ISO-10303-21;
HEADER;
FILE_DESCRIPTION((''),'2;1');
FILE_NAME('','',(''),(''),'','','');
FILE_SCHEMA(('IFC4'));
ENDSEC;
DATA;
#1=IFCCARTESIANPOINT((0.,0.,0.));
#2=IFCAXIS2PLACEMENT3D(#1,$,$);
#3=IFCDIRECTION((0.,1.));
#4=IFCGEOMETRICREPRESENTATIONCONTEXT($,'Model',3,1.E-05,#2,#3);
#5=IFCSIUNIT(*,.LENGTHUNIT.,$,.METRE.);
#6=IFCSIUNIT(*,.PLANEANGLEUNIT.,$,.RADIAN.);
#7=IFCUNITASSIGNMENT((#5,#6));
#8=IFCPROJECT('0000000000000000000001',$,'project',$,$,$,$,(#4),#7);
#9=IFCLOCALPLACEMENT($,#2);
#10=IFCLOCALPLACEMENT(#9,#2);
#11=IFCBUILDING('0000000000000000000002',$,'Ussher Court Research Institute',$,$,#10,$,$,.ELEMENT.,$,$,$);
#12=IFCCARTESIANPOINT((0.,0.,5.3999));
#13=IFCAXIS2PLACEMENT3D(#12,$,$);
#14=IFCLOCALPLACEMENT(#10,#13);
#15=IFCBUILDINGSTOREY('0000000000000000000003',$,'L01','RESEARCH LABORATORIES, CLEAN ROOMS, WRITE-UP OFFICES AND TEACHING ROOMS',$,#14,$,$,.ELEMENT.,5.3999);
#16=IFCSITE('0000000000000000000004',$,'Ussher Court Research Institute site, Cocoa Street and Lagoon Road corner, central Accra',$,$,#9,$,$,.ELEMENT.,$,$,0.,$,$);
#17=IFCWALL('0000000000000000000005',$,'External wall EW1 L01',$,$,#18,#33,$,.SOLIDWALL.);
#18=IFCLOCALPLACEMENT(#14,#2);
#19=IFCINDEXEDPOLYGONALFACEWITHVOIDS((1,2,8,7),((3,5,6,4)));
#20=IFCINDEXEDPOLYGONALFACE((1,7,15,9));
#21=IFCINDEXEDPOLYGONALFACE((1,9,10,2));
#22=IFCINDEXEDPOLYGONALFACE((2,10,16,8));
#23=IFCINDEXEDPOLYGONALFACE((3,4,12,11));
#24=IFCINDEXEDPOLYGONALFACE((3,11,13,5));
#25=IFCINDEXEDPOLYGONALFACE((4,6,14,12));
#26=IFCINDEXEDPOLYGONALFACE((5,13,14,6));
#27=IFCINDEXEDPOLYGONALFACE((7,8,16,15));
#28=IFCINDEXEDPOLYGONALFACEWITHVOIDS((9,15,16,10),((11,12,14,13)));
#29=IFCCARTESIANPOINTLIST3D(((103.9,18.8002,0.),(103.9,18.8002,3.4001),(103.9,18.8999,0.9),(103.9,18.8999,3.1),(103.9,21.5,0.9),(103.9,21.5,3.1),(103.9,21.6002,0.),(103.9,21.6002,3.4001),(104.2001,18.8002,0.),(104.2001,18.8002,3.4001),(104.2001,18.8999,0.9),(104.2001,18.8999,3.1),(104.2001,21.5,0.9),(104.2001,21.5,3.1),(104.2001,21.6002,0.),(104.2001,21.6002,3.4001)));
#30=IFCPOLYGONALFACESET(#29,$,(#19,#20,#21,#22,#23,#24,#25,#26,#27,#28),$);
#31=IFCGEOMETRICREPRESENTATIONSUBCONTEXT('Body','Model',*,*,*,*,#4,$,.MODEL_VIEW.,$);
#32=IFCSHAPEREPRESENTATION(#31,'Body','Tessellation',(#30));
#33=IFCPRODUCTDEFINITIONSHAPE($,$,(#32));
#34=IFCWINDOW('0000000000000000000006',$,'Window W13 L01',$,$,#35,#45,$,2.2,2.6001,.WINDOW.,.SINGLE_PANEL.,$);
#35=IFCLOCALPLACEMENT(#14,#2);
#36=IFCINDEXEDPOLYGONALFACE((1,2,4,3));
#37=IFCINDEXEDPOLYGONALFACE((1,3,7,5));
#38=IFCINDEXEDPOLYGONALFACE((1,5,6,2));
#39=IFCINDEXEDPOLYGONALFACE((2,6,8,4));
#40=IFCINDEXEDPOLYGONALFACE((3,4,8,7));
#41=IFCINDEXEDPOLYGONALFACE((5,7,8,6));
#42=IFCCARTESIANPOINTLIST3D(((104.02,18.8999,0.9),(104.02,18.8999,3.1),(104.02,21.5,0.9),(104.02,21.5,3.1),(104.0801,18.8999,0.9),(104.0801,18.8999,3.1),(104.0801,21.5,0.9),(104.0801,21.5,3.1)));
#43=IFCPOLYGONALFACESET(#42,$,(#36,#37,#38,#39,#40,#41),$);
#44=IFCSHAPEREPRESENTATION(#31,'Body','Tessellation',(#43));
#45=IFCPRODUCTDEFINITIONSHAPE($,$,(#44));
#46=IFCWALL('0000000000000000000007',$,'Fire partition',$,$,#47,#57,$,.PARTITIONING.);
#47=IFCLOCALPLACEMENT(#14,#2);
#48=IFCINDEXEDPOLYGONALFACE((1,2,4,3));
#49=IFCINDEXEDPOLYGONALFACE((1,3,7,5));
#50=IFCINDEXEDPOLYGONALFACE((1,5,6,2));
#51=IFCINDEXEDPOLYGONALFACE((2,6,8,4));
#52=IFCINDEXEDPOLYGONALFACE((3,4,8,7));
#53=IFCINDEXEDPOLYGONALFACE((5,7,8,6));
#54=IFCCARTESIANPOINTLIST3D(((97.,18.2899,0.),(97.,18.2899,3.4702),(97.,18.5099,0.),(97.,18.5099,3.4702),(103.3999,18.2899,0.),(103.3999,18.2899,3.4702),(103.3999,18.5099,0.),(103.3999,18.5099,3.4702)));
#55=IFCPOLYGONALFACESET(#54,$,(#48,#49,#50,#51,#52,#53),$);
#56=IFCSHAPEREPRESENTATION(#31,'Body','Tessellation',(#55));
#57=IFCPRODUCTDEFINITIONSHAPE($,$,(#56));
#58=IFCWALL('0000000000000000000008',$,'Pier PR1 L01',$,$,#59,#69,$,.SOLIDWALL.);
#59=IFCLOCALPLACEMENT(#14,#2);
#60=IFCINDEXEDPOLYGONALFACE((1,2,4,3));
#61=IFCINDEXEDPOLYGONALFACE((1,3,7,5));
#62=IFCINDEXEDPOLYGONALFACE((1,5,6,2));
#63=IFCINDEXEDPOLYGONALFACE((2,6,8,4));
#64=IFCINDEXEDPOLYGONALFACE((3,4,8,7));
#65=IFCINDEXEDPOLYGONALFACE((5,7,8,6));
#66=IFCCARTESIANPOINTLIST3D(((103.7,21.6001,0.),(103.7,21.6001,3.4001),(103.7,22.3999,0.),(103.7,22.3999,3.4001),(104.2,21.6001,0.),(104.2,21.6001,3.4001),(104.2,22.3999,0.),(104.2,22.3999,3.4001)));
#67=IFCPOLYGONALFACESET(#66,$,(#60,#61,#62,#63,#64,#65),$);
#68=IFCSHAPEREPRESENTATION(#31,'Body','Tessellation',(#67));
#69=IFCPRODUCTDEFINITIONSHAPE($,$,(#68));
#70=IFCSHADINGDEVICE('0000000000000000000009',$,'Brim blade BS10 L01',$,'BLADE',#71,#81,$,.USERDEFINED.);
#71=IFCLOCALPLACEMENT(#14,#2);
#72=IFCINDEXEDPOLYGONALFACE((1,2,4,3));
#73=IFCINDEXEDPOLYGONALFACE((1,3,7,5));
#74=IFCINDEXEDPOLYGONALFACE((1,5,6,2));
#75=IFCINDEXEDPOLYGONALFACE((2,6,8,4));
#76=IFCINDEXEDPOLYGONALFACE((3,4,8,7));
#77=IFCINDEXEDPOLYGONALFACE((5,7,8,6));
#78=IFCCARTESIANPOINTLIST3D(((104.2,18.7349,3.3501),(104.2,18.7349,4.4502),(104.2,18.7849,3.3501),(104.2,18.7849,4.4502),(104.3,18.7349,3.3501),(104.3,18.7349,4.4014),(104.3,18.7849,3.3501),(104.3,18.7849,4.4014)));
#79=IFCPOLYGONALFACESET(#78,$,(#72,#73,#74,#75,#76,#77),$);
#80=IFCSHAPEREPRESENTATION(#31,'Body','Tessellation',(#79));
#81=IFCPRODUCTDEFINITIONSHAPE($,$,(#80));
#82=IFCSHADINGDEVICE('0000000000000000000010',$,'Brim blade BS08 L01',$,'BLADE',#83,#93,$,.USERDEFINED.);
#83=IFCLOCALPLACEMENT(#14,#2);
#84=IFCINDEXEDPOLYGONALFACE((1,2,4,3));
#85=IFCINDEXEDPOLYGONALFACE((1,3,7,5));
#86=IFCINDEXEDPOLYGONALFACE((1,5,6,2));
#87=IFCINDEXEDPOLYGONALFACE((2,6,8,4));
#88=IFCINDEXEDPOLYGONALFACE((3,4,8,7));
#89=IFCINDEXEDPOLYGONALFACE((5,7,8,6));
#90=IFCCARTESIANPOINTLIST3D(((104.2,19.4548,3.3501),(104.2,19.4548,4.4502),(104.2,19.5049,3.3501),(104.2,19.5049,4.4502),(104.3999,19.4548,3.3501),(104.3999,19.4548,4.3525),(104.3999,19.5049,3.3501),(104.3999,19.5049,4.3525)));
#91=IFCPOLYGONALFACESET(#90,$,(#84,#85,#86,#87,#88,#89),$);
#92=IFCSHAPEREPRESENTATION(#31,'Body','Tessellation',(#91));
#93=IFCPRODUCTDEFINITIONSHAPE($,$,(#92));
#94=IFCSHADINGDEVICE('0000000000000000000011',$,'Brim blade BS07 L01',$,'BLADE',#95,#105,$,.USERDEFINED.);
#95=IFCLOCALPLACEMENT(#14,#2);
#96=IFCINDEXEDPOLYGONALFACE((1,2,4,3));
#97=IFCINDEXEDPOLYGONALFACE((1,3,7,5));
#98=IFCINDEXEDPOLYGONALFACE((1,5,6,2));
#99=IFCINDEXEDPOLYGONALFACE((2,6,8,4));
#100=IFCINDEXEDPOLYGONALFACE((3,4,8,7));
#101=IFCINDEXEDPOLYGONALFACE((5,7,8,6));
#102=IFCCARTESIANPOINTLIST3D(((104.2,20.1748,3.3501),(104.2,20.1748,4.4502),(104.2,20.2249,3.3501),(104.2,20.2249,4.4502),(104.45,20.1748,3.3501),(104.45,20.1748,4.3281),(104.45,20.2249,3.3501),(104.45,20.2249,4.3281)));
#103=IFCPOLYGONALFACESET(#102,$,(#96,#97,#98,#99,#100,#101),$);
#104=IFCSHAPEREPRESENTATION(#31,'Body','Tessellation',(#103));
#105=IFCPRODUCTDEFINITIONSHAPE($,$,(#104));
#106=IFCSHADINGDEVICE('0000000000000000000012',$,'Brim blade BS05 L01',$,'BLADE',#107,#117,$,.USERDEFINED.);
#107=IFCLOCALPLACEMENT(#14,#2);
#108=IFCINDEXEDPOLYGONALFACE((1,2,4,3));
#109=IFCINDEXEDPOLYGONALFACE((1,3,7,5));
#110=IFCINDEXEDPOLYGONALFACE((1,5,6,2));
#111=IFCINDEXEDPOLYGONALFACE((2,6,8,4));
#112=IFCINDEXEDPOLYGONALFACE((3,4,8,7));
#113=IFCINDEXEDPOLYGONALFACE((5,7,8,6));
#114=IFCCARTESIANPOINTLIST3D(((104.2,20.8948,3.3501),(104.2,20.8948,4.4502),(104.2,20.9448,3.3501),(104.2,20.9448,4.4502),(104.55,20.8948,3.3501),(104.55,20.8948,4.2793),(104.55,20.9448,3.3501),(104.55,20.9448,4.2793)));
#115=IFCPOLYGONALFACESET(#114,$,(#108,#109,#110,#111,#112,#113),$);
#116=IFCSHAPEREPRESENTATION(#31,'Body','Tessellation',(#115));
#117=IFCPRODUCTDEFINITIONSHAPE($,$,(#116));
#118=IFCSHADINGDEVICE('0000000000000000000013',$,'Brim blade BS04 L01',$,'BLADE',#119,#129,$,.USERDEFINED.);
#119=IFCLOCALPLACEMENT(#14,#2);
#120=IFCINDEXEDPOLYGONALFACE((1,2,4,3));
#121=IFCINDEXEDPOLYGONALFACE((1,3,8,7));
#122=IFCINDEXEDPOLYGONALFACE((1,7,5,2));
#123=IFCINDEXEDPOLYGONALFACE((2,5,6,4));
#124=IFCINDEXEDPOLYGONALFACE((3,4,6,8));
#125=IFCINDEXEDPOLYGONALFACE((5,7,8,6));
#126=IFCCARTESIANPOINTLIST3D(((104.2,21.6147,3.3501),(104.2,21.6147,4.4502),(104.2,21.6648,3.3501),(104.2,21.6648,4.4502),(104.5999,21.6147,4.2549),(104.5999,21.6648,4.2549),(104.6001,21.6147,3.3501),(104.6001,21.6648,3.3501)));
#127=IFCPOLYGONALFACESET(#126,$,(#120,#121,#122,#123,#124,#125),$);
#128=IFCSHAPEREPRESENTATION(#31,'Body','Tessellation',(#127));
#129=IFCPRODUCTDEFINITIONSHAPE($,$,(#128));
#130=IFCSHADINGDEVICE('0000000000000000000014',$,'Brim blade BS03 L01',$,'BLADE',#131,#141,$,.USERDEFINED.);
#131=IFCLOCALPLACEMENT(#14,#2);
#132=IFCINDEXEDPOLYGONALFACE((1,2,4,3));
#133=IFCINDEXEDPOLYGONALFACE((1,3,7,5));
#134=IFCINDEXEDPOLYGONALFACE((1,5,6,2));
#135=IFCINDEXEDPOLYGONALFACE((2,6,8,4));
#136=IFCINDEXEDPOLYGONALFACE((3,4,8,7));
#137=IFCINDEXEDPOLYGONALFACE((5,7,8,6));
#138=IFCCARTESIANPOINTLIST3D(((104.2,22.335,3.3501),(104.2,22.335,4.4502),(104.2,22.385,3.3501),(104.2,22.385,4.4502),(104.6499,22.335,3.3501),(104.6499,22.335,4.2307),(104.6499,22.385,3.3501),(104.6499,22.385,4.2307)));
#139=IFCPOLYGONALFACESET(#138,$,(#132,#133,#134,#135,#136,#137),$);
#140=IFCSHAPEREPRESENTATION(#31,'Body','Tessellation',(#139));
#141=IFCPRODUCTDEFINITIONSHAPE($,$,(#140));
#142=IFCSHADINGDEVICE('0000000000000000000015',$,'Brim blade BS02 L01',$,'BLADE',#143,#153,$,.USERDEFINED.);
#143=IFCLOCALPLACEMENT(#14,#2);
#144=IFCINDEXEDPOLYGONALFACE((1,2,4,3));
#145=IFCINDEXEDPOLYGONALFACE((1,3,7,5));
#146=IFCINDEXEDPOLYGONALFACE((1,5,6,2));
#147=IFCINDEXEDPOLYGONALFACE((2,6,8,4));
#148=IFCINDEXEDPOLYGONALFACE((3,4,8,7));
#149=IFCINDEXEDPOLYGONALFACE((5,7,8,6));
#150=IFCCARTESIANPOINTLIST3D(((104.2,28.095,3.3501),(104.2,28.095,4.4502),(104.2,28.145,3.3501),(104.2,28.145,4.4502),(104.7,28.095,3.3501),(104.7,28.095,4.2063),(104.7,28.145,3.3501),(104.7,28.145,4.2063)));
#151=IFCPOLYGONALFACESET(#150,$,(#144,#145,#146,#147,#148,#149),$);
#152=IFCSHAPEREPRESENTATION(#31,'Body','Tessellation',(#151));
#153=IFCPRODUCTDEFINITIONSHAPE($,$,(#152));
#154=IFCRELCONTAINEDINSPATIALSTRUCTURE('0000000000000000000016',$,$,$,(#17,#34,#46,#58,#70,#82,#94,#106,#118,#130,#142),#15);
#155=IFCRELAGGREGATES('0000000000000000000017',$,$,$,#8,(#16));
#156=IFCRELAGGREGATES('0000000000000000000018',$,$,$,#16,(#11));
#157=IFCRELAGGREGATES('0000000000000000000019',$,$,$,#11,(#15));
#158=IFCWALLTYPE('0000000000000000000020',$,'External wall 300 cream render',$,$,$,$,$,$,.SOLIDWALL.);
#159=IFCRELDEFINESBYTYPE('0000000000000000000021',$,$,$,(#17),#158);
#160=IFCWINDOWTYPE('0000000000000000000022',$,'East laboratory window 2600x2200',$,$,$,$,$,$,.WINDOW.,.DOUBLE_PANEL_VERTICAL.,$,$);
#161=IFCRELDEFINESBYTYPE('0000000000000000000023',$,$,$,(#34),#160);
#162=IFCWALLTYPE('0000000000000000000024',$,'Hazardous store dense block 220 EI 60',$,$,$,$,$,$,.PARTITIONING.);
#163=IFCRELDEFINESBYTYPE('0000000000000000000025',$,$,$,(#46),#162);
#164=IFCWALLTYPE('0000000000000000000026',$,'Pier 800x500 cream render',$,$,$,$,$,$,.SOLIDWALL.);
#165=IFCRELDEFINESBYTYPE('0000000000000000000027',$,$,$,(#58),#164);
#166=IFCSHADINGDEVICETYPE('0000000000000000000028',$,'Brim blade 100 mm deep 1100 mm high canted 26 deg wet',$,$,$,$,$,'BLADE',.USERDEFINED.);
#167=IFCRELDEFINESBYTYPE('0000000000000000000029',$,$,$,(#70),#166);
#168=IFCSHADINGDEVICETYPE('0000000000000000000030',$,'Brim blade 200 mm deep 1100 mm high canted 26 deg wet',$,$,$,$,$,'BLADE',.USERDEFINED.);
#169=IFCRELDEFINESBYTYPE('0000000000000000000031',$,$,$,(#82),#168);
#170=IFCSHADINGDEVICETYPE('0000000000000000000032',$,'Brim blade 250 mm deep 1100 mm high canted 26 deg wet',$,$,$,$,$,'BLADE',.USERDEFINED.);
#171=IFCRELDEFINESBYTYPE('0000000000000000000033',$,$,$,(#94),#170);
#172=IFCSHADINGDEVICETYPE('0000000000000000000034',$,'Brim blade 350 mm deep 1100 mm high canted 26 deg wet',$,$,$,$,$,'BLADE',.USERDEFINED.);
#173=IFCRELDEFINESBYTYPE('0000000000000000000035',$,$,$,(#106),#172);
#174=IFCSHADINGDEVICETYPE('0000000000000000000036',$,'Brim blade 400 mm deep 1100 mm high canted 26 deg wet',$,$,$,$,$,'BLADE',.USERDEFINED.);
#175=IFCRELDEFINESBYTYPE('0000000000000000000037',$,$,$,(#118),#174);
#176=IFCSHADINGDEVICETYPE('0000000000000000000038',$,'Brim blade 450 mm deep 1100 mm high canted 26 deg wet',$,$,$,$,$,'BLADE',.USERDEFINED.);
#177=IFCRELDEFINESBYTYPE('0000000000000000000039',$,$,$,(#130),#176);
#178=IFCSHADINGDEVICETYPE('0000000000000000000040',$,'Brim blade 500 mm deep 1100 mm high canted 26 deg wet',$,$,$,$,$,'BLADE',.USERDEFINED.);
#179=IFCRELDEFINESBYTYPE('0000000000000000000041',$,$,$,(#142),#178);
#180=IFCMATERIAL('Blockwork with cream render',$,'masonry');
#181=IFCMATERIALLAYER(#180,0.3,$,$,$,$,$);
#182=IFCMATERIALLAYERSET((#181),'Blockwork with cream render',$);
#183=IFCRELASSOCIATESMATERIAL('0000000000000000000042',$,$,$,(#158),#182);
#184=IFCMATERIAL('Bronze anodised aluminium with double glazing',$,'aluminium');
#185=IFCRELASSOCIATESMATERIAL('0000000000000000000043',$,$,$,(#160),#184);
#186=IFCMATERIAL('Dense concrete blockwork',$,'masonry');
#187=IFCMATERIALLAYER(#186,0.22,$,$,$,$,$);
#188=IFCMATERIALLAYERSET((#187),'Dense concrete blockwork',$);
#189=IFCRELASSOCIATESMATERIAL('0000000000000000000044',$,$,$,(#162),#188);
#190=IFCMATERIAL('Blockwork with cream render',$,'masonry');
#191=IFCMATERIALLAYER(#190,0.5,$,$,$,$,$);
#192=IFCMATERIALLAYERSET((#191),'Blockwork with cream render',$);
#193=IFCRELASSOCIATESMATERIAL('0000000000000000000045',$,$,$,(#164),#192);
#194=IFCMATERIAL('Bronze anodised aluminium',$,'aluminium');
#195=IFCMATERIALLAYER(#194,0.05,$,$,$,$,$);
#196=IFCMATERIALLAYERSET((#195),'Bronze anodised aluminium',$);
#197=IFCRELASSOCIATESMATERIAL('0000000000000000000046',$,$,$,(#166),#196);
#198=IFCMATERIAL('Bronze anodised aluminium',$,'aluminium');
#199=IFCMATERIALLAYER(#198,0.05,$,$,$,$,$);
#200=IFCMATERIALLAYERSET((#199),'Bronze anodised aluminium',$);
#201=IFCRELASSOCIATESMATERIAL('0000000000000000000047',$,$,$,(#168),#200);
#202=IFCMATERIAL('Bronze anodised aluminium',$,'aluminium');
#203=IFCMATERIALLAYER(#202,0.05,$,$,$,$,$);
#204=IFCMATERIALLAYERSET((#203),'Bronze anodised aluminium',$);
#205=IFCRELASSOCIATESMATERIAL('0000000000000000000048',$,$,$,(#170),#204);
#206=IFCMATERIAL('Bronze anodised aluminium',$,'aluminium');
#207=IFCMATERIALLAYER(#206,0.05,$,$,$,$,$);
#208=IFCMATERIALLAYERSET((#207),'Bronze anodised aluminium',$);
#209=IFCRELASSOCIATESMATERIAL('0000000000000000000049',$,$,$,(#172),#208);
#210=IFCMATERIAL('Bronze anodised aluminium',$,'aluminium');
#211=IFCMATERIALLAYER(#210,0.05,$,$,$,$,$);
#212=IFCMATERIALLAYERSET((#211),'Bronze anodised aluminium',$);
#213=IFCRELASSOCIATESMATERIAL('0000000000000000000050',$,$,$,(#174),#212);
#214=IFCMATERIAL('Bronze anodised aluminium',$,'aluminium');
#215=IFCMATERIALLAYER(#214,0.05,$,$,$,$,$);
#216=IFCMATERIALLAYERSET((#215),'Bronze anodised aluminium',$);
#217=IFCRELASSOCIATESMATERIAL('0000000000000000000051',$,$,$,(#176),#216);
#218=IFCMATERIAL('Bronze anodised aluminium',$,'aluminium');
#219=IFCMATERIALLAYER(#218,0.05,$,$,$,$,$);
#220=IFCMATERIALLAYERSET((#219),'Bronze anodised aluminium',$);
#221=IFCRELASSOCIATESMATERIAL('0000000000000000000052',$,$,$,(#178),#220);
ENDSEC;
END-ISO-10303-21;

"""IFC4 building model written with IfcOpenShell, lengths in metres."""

from ifc_helpers import new_model, si_unit, direction, frame, frame_2d, origin, place, context, subcontext, project, spatial, polyline, rectangle, outline, extrude, material, layer, layer_set, type_object, element, fill, save


model = new_model("IFC4")

# Units and contexts
model_context = context("Model", 3, precision=1e-05, world=origin(), true_north=direction((0.0, 1.0)))
body_context = subcontext(model_context, "Body", "Model", "MODEL_VIEW")
ifc_project = project(units=[si_unit("LENGTHUNIT", "METRE"), si_unit("PLANEANGLEUNIT", "RADIAN")], contexts=[model_context])

# Site, building, storey
site_placement = place(None, origin())
site = spatial("IfcSite", under=ifc_project, at=site_placement, Name="Ussher Court Research Institute site, Cocoa Street and Lagoon Road corner, central Accra", CompositionType="ELEMENT", RefElevation=0.0)
building_placement = place(site_placement, origin())
building = spatial("IfcBuilding", under=site, at=building_placement, Name="Ussher Court Research Institute", CompositionType="ELEMENT")
storey_placement = place(building_placement, frame((0.0, 0.0, 5.3999)))
storey = spatial("IfcBuildingStorey", under=building, at=storey_placement, Name="L01", Description="RESEARCH LABORATORIES, CLEAN ROOMS, WRITE-UP OFFICES AND TEACHING ROOMS", CompositionType="ELEMENT", Elevation=5.3999)

# Wall, opening, window
ifc_material_1 = material(Name="Blockwork with cream render", Category="masonry")
ifc_layer_1 = layer(ifc_material_1, 0.3)
ifc_layer_set_1 = layer_set([ifc_layer_1], Name="Blockwork with cream render")
wall_type_1 = type_object("IfcWallType", Name="External wall 300 cream render", PredefinedType="SOLIDWALL", material=ifc_layer_set_1)
ifc_material_2 = material(Name="Bronze anodised aluminium with double glazing", Category="aluminium")
window_type = type_object("IfcWindowType", Name="East laboratory window 2600x2200", PartitioningType="DOUBLE_PANEL_VERTICAL", PredefinedType="WINDOW", material=ifc_material_2)
wall_1_placement = place(storey_placement, frame((104.05, 21.6001, 0.0), z_axis=(0.0, 0.0, 1.0), x_axis=(0.0, -1.0, 0.0)))
wall_1 = element("IfcWall", 1, at=wall_1_placement, inside=storey, type_object=wall_type_1, Name="External wall EW1 L01", PredefinedType="SOLIDWALL", context=body_context, shape_type="SweptSolid", body=[
    extrude(rectangle(XDim=2.8, YDim=0.3, at=frame_2d((1.3999, 0.0))), origin(), (0.0, 0.0, 1.0), 3.4001),
])
opening_1_placement = place(wall_1_placement, frame((0.1001, 0.0, 0.8999)))
opening_1 = element("IfcOpeningElement", 2, at=opening_1_placement, cuts=wall_1, PredefinedType="OPENING", context=body_context, shape_type="SweptSolid", body=[
    extrude(rectangle(XDim=2.6001, YDim=2.2, at=frame_2d((1.3, 1.1001))), frame((0.0, 0.1602, 0.0), z_axis=(0.0, -1.0, 0.0), x_axis=(1.0, 0.0, 0.0)), (0.0, 0.0, 1.0), 0.3201),
])
window_1_placement = place(opening_1_placement, origin())
window_1 = element("IfcWindow", 3, at=window_1_placement, inside=storey, type_object=window_type, Name="Window W13 L01", OverallHeight=2.2, OverallWidth=2.6001, PartitioningType="SINGLE_PANEL", PredefinedType="WINDOW", context=body_context, shape_type="SweptSolid", body=[
    extrude(rectangle(XDim=2.6001, YDim=2.2, at=frame_2d((1.3, 1.1001))), frame((0.0, 0.03, 0.0), z_axis=(0.0, -1.0, 0.0), x_axis=(1.0, 0.0, 0.0)), (0.0, 0.0, 1.0), 0.0601),
])
fill(opening_1, window_1)

# Walls
ifc_material_3 = material(Name="Dense concrete blockwork", Category="masonry")
ifc_layer_2 = layer(ifc_material_3, 0.22)
ifc_layer_set_2 = layer_set([ifc_layer_2], Name="Dense concrete blockwork")
wall_type_2 = type_object("IfcWallType", Name="Hazardous store dense block 220 EI 60", PredefinedType="PARTITIONING", material=ifc_layer_set_2)
wall_2_placement = place(storey_placement, frame((97.0, 18.3999, 0.0), z_axis=(0.0, 0.0, 1.0), x_axis=(1.0, 0.0, 0.0)))
element("IfcWall", 4, at=wall_2_placement, inside=storey, type_object=wall_type_2, Name="Fire partition", PredefinedType="PARTITIONING", context=body_context, shape_type="SweptSolid", body=[
    extrude(rectangle(XDim=6.3999, YDim=0.22, at=frame_2d((3.2, 0.0))), origin(), (0.0, 0.0, 1.0), 3.4702),
])
ifc_material_4 = material(Name="Blockwork with cream render", Category="masonry")
ifc_layer_3 = layer(ifc_material_4, 0.5)
ifc_layer_set_3 = layer_set([ifc_layer_3], Name="Blockwork with cream render")
wall_type_3 = type_object("IfcWallType", Name="Pier 800x500 cream render", PredefinedType="SOLIDWALL", material=ifc_layer_set_3)
wall_3_placement = place(storey_placement, frame((103.95, 22.3999, 0.0), z_axis=(0.0, 0.0, 1.0), x_axis=(0.0, -1.0, 0.0)))
element("IfcWall", 5, at=wall_3_placement, inside=storey, type_object=wall_type_3, Name="Pier PR1 L01", PredefinedType="SOLIDWALL", context=body_context, shape_type="SweptSolid", body=[
    extrude(rectangle(XDim=0.7998, YDim=0.5, at=frame_2d((0.3999, 0.0))), origin(), (0.0, 0.0, 1.0), 3.4001),
])

# Shading devices
ifc_material_5 = material(Name="Bronze anodised aluminium", Category="aluminium")
ifc_layer_4 = layer(ifc_material_5, 0.05)
ifc_layer_set_4 = layer_set([ifc_layer_4], Name="Bronze anodised aluminium")
shading_device_type_1 = type_object("IfcShadingDeviceType", Name="Brim blade 100 mm deep 1100 mm high canted 26 deg wet", ElementType="BLADE", PredefinedType="USERDEFINED", material=ifc_layer_set_4)
shading_device_1_placement = place(storey_placement, frame((104.2, 18.76, 3.3501), z_axis=(0.0, 0.0, 1.0), x_axis=(1.0, 0.0, 0.0)))
element("IfcShadingDevice", 6, at=shading_device_1_placement, inside=storey, type_object=shading_device_type_1, Name="Brim blade BS10 L01", ObjectType="BLADE", PredefinedType="USERDEFINED", context=body_context, shape_type="SweptSolid", body=[
    extrude(outline(polyline([(0.0, 0.0), (0.1001, 0.0), (0.1001, 1.0513), (0.0, 1.1001), (0.0, 0.0)])), frame((0.0, 0.0249, 0.0), z_axis=(0.0, -1.0, 0.0), x_axis=(1.0, 0.0, 0.0)), (0.0, 0.0, 1.0), 0.05),
])
ifc_material_6 = material(Name="Bronze anodised aluminium", Category="aluminium")
ifc_layer_5 = layer(ifc_material_6, 0.05)
ifc_layer_set_5 = layer_set([ifc_layer_5], Name="Bronze anodised aluminium")
shading_device_type_2 = type_object("IfcShadingDeviceType", Name="Brim blade 200 mm deep 1100 mm high canted 26 deg wet", ElementType="BLADE", PredefinedType="USERDEFINED", material=ifc_layer_set_5)
shading_device_2_placement = place(storey_placement, frame((104.2, 19.48, 3.3501), z_axis=(0.0, 0.0, 1.0), x_axis=(1.0, 0.0, 0.0)))
element("IfcShadingDevice", 7, at=shading_device_2_placement, inside=storey, type_object=shading_device_type_2, Name="Brim blade BS08 L01", ObjectType="BLADE", PredefinedType="USERDEFINED", context=body_context, shape_type="SweptSolid", body=[
    extrude(outline(polyline([(0.0, 0.0), (0.2, 0.0), (0.2, 1.0024), (0.0, 1.1001), (0.0, 0.0)])), frame((0.0, 0.0249, 0.0), z_axis=(0.0, -1.0, 0.0), x_axis=(1.0, 0.0, 0.0)), (0.0, 0.0, 1.0), 0.05),
])
ifc_material_7 = material(Name="Bronze anodised aluminium", Category="aluminium")
ifc_layer_6 = layer(ifc_material_7, 0.05)
ifc_layer_set_6 = layer_set([ifc_layer_6], Name="Bronze anodised aluminium")
shading_device_type_3 = type_object("IfcShadingDeviceType", Name="Brim blade 250 mm deep 1100 mm high canted 26 deg wet", ElementType="BLADE", PredefinedType="USERDEFINED", material=ifc_layer_set_6)
shading_device_3_placement = place(storey_placement, frame((104.2, 20.2, 3.3501), z_axis=(0.0, 0.0, 1.0), x_axis=(1.0, 0.0, 0.0)))
element("IfcShadingDevice", 8, at=shading_device_3_placement, inside=storey, type_object=shading_device_type_3, Name="Brim blade BS07 L01", ObjectType="BLADE", PredefinedType="USERDEFINED", context=body_context, shape_type="SweptSolid", body=[
    extrude(outline(polyline([(0.0, 0.0), (0.25, 0.0), (0.25, 0.978), (0.0, 1.1001), (0.0, 0.0)])), frame((0.0, 0.0249, 0.0), z_axis=(0.0, -1.0, 0.0), x_axis=(1.0, 0.0, 0.0)), (0.0, 0.0, 1.0), 0.05),
])
ifc_material_8 = material(Name="Bronze anodised aluminium", Category="aluminium")
ifc_layer_7 = layer(ifc_material_8, 0.05)
ifc_layer_set_7 = layer_set([ifc_layer_7], Name="Bronze anodised aluminium")
shading_device_type_4 = type_object("IfcShadingDeviceType", Name="Brim blade 350 mm deep 1100 mm high canted 26 deg wet", ElementType="BLADE", PredefinedType="USERDEFINED", material=ifc_layer_set_7)
shading_device_4_placement = place(storey_placement, frame((104.2, 20.9199, 3.3501), z_axis=(0.0, 0.0, 1.0), x_axis=(1.0, 0.0, 0.0)))
element("IfcShadingDevice", 9, at=shading_device_4_placement, inside=storey, type_object=shading_device_type_4, Name="Brim blade BS05 L01", ObjectType="BLADE", PredefinedType="USERDEFINED", context=body_context, shape_type="SweptSolid", body=[
    extrude(outline(polyline([(0.0, 0.0), (0.3501, 0.0), (0.3501, 0.9292), (0.0, 1.1001), (0.0, 0.0)])), frame((0.0, 0.0249, 0.0), z_axis=(0.0, -1.0, 0.0), x_axis=(1.0, 0.0, 0.0)), (0.0, 0.0, 1.0), 0.05),
])
ifc_material_9 = material(Name="Bronze anodised aluminium", Category="aluminium")
ifc_layer_8 = layer(ifc_material_9, 0.05)
ifc_layer_set_8 = layer_set([ifc_layer_8], Name="Bronze anodised aluminium")
shading_device_type_5 = type_object("IfcShadingDeviceType", Name="Brim blade 400 mm deep 1100 mm high canted 26 deg wet", ElementType="BLADE", PredefinedType="USERDEFINED", material=ifc_layer_set_8)
shading_device_5_placement = place(storey_placement, frame((104.2, 21.6399, 3.3501), z_axis=(0.0, 0.0, 1.0), x_axis=(1.0, 0.0, 0.0)))
element("IfcShadingDevice", 10, at=shading_device_5_placement, inside=storey, type_object=shading_device_type_5, Name="Brim blade BS04 L01", ObjectType="BLADE", PredefinedType="USERDEFINED", context=body_context, shape_type="SweptSolid", body=[
    extrude(outline(polyline([(0.0, 0.0), (0.4001, 0.0), (0.3999, 0.9048), (0.0, 1.1001), (0.0, 0.0)])), frame((0.0, 0.0249, 0.0), z_axis=(0.0, -1.0, 0.0), x_axis=(1.0, 0.0, 0.0)), (0.0, 0.0, 1.0), 0.05),
])
ifc_material_10 = material(Name="Bronze anodised aluminium", Category="aluminium")
ifc_layer_9 = layer(ifc_material_10, 0.05)
ifc_layer_set_9 = layer_set([ifc_layer_9], Name="Bronze anodised aluminium")
shading_device_type_6 = type_object("IfcShadingDeviceType", Name="Brim blade 450 mm deep 1100 mm high canted 26 deg wet", ElementType="BLADE", PredefinedType="USERDEFINED", material=ifc_layer_set_9)
shading_device_6_placement = place(storey_placement, frame((104.2, 22.3601, 3.3501), z_axis=(0.0, 0.0, 1.0), x_axis=(1.0, 0.0, 0.0)))
element("IfcShadingDevice", 11, at=shading_device_6_placement, inside=storey, type_object=shading_device_type_6, Name="Brim blade BS03 L01", ObjectType="BLADE", PredefinedType="USERDEFINED", context=body_context, shape_type="SweptSolid", body=[
    extrude(outline(polyline([(0.0, 0.0), (0.45, 0.0), (0.45, 0.8806), (0.0, 1.1001), (0.0, 0.0)])), frame((0.0, 0.0249, 0.0), z_axis=(0.0, -1.0, 0.0), x_axis=(1.0, 0.0, 0.0)), (0.0, 0.0, 1.0), 0.05),
])
ifc_material_11 = material(Name="Bronze anodised aluminium", Category="aluminium")
ifc_layer_10 = layer(ifc_material_11, 0.05)
ifc_layer_set_10 = layer_set([ifc_layer_10], Name="Bronze anodised aluminium")
shading_device_type_7 = type_object("IfcShadingDeviceType", Name="Brim blade 500 mm deep 1100 mm high canted 26 deg wet", ElementType="BLADE", PredefinedType="USERDEFINED", material=ifc_layer_set_10)
for number, where, z_axis, x_axis, name in (
    (12, (104.2, 28.1201, 3.3501), (0.0, 0.0, 1.0), (1.0, 0.0, 0.0), "Brim blade BS02 L01"),
):
    element("IfcShadingDevice", number, at=place(storey_placement, frame(where, z_axis=z_axis, x_axis=x_axis)), inside=storey, type_object=shading_device_type_7, Name=name, ObjectType="BLADE", PredefinedType="USERDEFINED", context=body_context, shape_type="SweptSolid", body=[
        extrude(outline(polyline([(0.0, 0.0), (0.5, 0.0), (0.5, 0.8562), (0.0, 1.1001), (0.0, 0.0)])), frame((0.0, 0.0249, 0.0), z_axis=(0.0, -1.0, 0.0), x_axis=(1.0, 0.0, 0.0)), (0.0, 0.0, 1.0), 0.05),
    ])

save(model, "model.ifc")
